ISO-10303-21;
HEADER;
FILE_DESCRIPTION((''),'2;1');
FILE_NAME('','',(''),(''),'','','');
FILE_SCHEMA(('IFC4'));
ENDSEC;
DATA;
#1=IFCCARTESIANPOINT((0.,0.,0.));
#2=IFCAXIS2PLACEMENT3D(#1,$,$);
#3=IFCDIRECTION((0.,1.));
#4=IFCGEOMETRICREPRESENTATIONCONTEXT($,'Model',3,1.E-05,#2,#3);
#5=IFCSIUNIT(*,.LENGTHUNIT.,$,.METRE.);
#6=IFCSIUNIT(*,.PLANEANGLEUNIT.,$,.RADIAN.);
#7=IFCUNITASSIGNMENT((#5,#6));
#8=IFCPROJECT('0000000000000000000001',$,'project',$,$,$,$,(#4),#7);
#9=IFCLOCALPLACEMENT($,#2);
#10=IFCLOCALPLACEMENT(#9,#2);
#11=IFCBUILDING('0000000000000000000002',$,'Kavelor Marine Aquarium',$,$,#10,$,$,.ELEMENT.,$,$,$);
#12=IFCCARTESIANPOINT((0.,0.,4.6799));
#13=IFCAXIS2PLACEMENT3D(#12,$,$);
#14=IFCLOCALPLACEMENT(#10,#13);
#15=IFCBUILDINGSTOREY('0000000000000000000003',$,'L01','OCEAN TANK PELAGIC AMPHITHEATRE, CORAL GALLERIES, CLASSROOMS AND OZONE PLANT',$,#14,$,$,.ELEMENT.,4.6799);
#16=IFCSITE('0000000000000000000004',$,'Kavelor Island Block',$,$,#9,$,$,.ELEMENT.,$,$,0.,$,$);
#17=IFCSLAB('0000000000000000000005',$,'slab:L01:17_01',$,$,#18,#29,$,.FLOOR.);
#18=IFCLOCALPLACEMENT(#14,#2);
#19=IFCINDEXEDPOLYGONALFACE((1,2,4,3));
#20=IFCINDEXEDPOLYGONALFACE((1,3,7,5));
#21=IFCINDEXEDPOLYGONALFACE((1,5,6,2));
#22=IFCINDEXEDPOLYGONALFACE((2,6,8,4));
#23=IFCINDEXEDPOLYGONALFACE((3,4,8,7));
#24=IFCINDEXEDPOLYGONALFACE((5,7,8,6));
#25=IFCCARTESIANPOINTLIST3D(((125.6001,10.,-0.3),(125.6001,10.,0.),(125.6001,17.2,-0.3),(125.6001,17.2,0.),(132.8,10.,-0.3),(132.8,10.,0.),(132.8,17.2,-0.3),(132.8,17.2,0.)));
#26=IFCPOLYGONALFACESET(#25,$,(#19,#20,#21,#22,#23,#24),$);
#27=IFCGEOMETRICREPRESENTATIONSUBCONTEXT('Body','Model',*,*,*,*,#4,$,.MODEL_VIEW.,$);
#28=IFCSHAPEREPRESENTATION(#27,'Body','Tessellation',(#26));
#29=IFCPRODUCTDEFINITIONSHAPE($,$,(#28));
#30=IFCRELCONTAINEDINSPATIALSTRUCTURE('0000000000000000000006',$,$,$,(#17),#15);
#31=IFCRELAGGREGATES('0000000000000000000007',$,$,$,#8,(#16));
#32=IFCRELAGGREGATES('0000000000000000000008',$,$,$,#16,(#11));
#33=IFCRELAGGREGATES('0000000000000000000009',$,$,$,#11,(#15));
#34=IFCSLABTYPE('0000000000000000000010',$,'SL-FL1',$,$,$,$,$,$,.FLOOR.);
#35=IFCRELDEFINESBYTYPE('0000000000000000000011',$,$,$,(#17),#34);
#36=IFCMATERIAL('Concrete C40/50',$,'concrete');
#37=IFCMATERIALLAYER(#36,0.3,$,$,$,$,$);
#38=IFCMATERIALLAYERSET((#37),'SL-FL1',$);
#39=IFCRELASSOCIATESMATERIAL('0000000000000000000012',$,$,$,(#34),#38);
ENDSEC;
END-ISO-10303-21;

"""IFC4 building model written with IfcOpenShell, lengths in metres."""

from ifc_helpers import new_model, si_unit, direction, frame, origin, place, context, subcontext, project, spatial, polyline, outline, extrude, material, layer, layer_set, type_object, element, save


model = new_model("IFC4")

# Units and contexts
model_context = context("Model", 3, precision=1e-05, world=origin(), true_north=direction((0.0, 1.0)))
body_context = subcontext(model_context, "Body", "Model", "MODEL_VIEW")
ifc_project = project(units=[si_unit("LENGTHUNIT", "METRE"), si_unit("PLANEANGLEUNIT", "RADIAN")], contexts=[model_context])

# Site, building, storey
site_placement = place(None, origin())
site = spatial("IfcSite", under=ifc_project, at=site_placement, Name="Kavelor Island Block", CompositionType="ELEMENT", RefElevation=0.0)
building_placement = place(site_placement, origin())
building = spatial("IfcBuilding", under=site, at=building_placement, Name="Kavelor Marine Aquarium", CompositionType="ELEMENT")
storey_placement = place(building_placement, frame((0.0, 0.0, 4.6799)))
storey = spatial("IfcBuildingStorey", under=building, at=storey_placement, Name="L01", Description="OCEAN TANK PELAGIC AMPHITHEATRE, CORAL GALLERIES, CLASSROOMS AND OZONE PLANT", CompositionType="ELEMENT", Elevation=4.6799)

# Slab
ifc_material = material(Name="Concrete C40/50", Category="concrete")
ifc_layer = layer(ifc_material, 0.3)
ifc_layer_set = layer_set([ifc_layer], Name="SL-FL1")
slab_type = type_object("IfcSlabType", Name="SL-FL1", PredefinedType="FLOOR", material=ifc_layer_set)
slab_1_placement = place(storey_placement, frame((0.0, 0.0, -0.3)))
element("IfcSlab", 1, at=slab_1_placement, inside=storey, type_object=slab_type, Name="slab:L01:17_01", PredefinedType="FLOOR", context=body_context, shape_type="SweptSolid", body=[
    extrude(outline(polyline([(125.6001, 10.0), (132.8, 10.0), (132.8, 17.2), (125.6001, 17.2), (125.6001, 10.0)])), origin(), (0.0, 0.0, 1.0), 0.3),
])

save(model, "model.ifc")
